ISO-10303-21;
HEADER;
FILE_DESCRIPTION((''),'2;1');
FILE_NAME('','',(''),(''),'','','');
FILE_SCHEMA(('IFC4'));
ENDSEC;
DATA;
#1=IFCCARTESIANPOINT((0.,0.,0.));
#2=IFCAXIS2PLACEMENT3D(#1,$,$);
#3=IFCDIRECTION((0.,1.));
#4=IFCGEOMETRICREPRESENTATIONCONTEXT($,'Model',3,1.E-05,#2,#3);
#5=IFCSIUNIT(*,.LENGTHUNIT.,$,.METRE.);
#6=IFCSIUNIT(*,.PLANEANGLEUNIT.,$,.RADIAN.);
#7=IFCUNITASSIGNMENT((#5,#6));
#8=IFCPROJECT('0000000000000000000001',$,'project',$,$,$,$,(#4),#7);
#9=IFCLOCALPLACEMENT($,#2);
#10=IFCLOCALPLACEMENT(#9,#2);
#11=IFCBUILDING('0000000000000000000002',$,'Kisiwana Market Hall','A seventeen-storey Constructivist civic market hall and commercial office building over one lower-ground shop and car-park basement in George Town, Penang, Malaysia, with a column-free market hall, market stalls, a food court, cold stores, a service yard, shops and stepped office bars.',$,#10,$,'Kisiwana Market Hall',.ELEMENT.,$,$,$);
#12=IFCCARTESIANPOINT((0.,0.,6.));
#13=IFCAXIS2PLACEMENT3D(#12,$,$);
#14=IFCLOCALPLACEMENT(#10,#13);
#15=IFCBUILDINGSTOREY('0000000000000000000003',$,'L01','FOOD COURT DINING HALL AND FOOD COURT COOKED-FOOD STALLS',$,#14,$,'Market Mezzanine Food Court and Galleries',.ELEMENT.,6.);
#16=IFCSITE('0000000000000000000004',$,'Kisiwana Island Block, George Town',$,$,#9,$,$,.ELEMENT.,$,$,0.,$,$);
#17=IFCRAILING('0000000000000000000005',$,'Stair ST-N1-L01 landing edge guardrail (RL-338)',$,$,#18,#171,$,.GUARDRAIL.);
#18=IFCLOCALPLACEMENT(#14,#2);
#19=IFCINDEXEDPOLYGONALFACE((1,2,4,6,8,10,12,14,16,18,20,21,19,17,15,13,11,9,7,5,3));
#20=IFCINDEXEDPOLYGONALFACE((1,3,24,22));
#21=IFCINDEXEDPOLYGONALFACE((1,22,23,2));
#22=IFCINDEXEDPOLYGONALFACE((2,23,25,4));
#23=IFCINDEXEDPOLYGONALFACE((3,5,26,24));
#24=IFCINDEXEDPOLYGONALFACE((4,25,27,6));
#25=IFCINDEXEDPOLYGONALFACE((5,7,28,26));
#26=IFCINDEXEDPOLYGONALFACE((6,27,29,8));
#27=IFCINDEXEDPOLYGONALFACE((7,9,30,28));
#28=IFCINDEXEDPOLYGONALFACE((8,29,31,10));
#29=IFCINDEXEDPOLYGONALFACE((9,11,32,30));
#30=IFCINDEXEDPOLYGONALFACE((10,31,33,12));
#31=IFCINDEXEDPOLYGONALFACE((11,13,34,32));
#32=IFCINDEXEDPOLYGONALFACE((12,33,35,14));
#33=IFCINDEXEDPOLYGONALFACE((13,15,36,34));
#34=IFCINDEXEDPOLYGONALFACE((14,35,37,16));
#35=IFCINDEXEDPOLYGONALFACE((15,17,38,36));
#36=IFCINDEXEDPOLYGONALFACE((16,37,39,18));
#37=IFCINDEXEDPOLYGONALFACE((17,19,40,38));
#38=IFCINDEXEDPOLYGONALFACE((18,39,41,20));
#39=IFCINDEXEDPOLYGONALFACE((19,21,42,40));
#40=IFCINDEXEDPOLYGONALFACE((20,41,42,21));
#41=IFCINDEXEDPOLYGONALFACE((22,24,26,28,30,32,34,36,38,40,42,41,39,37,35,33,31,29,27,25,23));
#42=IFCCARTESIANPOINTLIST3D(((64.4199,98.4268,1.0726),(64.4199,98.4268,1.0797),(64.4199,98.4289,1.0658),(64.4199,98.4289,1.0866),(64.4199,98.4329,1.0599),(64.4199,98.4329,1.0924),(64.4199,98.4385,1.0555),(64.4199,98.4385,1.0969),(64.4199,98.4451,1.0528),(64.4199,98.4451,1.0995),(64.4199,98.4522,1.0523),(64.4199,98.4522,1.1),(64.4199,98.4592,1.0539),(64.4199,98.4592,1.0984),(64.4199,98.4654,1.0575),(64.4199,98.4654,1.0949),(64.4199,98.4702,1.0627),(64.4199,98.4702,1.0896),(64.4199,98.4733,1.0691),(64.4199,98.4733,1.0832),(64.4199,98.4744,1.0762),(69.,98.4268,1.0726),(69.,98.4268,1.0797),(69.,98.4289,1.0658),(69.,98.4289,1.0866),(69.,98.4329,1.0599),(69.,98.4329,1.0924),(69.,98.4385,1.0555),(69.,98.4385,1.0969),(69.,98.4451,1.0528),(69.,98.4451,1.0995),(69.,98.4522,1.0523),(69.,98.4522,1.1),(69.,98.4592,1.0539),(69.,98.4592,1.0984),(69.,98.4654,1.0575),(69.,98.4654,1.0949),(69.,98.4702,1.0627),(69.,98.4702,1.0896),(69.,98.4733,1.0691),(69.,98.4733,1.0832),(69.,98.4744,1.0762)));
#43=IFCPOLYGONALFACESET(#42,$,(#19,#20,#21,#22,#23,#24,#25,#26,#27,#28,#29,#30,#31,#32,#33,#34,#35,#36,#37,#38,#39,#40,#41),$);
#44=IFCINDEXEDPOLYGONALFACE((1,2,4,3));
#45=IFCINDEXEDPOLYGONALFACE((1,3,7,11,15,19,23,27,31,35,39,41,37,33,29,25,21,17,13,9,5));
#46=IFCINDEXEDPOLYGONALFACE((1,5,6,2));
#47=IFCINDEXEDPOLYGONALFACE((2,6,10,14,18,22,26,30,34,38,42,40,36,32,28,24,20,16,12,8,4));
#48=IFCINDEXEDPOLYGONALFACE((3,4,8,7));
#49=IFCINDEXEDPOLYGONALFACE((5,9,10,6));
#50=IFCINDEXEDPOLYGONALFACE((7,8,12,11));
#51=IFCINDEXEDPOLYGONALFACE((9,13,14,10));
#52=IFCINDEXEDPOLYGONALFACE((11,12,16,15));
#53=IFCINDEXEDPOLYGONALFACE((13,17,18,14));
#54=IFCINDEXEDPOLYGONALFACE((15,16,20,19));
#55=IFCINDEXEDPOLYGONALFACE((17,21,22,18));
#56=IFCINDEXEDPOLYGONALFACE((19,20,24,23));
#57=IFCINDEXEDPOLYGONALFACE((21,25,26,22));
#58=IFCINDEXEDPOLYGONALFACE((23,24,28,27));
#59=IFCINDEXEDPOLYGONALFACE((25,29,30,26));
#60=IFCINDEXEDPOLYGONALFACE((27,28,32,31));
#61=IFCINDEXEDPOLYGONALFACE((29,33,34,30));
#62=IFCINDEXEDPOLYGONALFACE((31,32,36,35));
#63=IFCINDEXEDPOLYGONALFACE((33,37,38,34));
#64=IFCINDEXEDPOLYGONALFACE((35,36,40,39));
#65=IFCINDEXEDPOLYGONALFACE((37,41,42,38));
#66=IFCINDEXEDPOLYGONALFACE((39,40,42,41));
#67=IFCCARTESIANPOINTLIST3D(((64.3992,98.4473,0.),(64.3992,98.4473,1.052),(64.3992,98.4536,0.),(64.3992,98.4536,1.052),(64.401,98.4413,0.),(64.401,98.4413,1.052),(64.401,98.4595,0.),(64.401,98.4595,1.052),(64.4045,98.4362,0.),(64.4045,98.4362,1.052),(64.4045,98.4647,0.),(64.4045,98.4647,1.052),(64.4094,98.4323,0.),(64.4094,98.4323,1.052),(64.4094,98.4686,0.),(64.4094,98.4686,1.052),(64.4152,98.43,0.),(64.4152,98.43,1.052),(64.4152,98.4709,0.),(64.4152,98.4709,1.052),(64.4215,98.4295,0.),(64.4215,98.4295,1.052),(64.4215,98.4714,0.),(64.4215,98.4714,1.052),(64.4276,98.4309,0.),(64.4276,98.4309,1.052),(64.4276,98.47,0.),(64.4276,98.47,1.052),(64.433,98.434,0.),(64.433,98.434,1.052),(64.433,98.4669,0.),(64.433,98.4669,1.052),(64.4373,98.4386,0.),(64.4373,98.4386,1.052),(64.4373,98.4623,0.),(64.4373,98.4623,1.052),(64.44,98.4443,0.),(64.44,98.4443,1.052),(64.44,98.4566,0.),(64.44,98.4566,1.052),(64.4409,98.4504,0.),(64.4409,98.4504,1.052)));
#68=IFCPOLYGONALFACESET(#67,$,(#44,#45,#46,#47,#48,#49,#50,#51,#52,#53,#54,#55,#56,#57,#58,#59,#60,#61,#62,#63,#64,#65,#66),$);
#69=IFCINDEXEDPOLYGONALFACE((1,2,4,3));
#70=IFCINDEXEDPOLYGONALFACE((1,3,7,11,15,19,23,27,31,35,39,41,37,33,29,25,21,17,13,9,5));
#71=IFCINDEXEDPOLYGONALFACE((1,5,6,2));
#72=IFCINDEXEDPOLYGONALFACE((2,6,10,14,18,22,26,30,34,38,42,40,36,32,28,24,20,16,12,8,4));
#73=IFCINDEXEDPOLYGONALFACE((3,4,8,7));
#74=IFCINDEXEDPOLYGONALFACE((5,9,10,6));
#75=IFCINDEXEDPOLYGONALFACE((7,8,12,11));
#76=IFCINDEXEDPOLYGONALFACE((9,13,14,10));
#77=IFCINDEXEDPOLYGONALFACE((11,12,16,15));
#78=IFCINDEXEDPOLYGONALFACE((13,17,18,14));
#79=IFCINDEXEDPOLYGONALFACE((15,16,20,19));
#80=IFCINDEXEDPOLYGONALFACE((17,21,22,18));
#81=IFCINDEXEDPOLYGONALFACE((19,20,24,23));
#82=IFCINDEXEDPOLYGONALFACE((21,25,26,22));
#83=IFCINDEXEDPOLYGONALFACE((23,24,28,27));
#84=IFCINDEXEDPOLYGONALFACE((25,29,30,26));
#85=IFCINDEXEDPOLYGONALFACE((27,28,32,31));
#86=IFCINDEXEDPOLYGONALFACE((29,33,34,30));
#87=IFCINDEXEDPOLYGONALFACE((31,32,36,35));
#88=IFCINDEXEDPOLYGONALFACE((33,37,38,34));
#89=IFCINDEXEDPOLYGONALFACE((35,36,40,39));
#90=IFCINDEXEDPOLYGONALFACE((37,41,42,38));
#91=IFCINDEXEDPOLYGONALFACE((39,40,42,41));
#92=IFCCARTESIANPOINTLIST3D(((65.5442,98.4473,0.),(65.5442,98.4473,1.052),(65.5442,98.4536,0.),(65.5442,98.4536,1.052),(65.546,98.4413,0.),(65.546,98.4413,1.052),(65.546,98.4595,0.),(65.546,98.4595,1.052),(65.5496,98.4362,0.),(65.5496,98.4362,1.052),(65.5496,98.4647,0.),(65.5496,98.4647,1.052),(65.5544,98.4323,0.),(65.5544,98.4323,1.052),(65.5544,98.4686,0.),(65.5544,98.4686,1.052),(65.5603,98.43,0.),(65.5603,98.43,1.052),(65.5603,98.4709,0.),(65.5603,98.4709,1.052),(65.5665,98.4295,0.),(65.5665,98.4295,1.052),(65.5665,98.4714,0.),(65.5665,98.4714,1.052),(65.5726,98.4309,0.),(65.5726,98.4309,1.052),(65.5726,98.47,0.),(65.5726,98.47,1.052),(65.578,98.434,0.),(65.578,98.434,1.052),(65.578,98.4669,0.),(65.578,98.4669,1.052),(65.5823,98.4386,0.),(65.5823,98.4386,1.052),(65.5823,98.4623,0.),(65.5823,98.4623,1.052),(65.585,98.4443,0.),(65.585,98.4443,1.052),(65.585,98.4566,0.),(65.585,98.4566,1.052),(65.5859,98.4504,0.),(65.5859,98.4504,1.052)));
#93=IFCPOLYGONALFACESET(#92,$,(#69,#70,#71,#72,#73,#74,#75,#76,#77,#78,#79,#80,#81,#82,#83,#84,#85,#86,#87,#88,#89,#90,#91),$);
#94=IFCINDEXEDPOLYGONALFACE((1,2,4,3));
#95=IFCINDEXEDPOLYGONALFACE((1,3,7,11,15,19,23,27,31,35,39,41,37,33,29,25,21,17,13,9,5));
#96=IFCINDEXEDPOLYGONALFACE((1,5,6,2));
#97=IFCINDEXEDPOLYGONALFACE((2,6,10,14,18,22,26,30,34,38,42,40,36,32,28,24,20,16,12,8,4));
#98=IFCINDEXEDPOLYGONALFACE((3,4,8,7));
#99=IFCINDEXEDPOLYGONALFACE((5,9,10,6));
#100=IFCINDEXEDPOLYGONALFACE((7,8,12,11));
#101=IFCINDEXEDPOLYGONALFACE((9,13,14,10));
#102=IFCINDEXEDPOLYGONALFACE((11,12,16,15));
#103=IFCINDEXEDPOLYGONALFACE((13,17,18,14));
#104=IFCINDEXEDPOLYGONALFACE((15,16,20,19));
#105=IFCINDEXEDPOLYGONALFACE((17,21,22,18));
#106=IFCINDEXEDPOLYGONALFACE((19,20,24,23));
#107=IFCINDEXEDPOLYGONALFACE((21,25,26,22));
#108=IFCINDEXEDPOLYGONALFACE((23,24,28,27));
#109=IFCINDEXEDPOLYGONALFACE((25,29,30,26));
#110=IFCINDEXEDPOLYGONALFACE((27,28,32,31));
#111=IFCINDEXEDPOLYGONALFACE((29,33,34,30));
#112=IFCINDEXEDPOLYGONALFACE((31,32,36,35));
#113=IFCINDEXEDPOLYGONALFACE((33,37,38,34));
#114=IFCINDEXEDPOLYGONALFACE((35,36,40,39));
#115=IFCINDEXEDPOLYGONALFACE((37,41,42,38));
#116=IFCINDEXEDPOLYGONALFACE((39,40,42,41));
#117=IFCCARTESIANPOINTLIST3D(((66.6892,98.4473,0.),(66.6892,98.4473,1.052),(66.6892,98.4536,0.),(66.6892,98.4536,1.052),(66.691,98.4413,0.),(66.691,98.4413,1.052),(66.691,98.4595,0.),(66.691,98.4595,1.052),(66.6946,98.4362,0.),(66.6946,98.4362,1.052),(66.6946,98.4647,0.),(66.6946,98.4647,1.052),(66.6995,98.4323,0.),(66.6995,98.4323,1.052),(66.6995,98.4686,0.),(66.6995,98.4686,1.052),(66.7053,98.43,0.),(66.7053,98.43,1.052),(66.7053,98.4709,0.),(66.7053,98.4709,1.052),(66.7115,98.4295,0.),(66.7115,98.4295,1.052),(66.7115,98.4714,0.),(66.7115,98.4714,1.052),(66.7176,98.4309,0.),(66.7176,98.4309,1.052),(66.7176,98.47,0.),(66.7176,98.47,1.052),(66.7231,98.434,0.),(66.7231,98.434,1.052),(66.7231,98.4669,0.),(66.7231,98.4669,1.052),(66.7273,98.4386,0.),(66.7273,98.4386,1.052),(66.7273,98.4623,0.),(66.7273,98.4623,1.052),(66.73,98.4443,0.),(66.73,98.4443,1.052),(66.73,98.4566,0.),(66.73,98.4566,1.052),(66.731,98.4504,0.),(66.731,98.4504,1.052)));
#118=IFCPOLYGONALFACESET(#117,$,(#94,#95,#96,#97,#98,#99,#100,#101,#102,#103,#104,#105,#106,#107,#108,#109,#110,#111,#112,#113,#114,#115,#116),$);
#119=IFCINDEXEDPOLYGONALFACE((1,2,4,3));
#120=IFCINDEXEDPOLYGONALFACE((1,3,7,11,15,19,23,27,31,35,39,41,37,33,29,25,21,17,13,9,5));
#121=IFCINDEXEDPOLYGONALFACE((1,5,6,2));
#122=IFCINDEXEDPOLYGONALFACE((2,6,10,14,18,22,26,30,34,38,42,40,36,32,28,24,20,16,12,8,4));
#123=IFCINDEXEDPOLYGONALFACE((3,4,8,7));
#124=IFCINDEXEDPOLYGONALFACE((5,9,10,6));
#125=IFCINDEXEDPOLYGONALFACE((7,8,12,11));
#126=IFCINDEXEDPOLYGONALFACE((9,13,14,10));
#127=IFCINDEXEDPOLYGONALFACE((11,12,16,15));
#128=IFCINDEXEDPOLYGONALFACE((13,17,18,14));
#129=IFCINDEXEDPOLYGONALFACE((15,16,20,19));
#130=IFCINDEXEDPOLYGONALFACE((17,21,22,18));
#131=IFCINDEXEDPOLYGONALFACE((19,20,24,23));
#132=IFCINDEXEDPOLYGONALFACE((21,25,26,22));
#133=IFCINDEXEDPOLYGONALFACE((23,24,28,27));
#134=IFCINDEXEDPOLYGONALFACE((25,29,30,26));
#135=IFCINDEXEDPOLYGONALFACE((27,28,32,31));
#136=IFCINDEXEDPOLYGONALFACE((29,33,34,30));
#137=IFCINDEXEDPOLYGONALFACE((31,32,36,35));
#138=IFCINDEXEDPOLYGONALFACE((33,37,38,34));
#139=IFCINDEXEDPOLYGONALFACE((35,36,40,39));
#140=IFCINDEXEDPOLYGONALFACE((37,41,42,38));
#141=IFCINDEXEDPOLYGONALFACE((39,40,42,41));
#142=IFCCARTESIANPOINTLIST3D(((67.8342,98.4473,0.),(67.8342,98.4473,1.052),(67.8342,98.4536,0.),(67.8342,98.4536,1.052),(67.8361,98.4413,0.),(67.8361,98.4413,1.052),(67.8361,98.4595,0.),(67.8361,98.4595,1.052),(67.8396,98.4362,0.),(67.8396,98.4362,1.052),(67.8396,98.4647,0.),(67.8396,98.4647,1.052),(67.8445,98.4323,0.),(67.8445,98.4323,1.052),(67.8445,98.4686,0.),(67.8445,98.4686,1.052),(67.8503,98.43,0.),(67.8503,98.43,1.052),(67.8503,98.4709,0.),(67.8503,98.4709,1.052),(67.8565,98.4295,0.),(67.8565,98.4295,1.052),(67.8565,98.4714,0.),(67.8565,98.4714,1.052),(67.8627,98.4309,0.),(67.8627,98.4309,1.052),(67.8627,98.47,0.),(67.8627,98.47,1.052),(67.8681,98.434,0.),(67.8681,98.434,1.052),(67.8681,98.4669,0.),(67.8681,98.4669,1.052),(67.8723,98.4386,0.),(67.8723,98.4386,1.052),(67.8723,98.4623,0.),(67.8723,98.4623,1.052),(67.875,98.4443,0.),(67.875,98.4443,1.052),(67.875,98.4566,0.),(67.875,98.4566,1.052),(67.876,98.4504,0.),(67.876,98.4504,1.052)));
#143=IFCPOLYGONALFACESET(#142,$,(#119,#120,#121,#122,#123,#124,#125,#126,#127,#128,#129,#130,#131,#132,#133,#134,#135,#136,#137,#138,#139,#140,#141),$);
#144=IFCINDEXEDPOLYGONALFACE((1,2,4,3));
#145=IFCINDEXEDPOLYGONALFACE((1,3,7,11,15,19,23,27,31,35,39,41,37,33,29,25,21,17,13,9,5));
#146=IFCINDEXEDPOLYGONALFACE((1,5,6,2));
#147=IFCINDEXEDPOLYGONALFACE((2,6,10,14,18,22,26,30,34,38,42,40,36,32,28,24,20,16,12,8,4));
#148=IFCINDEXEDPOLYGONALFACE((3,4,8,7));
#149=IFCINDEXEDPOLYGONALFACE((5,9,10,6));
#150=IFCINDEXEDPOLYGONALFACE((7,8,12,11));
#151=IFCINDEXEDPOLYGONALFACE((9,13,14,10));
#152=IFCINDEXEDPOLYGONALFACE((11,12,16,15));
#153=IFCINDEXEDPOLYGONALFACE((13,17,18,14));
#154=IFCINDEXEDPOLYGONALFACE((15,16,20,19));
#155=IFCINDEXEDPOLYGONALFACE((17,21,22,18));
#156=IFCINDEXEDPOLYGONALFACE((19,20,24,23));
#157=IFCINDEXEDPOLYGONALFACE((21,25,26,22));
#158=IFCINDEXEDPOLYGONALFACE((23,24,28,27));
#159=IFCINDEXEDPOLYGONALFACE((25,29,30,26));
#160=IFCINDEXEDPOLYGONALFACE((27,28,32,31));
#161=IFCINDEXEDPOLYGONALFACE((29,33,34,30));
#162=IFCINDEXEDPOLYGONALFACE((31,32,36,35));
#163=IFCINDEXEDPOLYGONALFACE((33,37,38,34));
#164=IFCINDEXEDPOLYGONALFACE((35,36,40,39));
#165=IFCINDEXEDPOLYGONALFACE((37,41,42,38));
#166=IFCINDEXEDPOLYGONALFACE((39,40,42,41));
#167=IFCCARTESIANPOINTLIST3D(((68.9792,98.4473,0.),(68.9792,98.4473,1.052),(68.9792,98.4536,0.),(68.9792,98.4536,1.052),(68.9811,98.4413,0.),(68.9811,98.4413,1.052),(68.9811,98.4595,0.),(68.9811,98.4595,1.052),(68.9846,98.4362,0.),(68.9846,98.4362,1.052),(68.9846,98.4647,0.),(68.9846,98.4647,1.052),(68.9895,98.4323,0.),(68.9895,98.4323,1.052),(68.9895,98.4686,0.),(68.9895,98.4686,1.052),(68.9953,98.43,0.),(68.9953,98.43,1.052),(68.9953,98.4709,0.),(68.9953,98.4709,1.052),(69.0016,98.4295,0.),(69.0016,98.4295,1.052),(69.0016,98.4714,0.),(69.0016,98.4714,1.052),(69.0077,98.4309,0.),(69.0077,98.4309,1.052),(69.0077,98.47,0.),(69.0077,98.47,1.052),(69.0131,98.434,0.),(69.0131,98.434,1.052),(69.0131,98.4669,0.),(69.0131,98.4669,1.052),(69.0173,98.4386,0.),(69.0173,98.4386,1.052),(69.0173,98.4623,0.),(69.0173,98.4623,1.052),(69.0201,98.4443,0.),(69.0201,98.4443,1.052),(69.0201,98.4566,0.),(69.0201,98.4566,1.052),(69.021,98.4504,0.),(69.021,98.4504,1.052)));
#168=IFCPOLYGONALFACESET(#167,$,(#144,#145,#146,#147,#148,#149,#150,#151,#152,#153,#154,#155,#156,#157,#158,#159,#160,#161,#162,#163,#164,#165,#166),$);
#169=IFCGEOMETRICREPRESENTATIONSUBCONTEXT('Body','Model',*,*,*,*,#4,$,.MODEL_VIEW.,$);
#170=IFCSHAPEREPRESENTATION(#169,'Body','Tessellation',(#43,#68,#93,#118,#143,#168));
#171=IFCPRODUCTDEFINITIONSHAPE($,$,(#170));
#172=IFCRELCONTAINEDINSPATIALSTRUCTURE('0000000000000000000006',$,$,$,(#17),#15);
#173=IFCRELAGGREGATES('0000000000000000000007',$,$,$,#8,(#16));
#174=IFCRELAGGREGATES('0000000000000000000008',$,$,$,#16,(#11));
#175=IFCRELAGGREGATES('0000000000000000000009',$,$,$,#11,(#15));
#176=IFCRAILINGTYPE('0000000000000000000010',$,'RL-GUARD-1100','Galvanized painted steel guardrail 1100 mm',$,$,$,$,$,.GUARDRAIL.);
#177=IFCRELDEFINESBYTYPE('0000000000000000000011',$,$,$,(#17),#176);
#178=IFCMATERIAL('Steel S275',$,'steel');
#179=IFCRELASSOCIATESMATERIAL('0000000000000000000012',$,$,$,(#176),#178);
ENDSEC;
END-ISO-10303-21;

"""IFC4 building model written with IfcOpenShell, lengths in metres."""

from ifc_helpers import new_model, si_unit, direction, frame, origin, origin_2d, place, context, subcontext, project, spatial, circle, extrude, material, type_object, element, save


model = new_model("IFC4")

# Units and contexts
model_context = context("Model", 3, precision=1e-05, world=origin(), true_north=direction((0.0, 1.0)))
body_context = subcontext(model_context, "Body", "Model", "MODEL_VIEW")
ifc_project = project(units=[si_unit("LENGTHUNIT", "METRE"), si_unit("PLANEANGLEUNIT", "RADIAN")], contexts=[model_context])

# Site, building, storey
site_placement = place(None, origin())
site = spatial("IfcSite", under=ifc_project, at=site_placement, Name="Kisiwana Island Block, George Town", CompositionType="ELEMENT", RefElevation=0.0)
building_placement = place(site_placement, origin())
building = spatial("IfcBuilding", under=site, at=building_placement, Name="Kisiwana Market Hall", Description="A seventeen-storey Constructivist civic market hall and commercial office building over one lower-ground shop and car-park basement in George Town, Penang, Malaysia, with a column-free market hall, market stalls, a food court, cold stores, a service yard, shops and stepped office bars.", LongName="Kisiwana Market Hall", CompositionType="ELEMENT")
storey_placement = place(building_placement, frame((0.0, 0.0, 6.0)))
storey = spatial("IfcBuildingStorey", under=building, at=storey_placement, Name="L01", Description="FOOD COURT DINING HALL AND FOOD COURT COOKED-FOOD STALLS", LongName="Market Mezzanine Food Court and Galleries", CompositionType="ELEMENT", Elevation=6.0)

# Railing
ifc_material_1 = material(Name="Steel S275", Category="steel")
railing_type_1 = type_object("IfcRailingType", Name="RL-GUARD-1100", Description="Galvanized painted steel guardrail 1100 mm", PredefinedType="GUARDRAIL", material=ifc_material_1)
railing_1_placement = place(storey_placement, frame((64.4199, 98.4504, 0.0)))
element("IfcRailing", 1, at=railing_1_placement, inside=storey, type_object=railing_type_1, Name="Stair ST-N1-L01 landing edge guardrail (RL-338)", PredefinedType="GUARDRAIL", context=body_context, shape_type="SweptSolid", body=[
    extrude(circle(Radius=0.0239, at=origin_2d()), frame((0.0, 0.0, 1.0762), z_axis=(1.0, 0.0, 0.0), x_axis=(0.0, 1.0, 0.0)), (0.0, 0.0, 1.0), 4.5801),
    extrude(circle(Radius=0.021, at=origin_2d()), origin(), (0.0, 0.0, 1.0), 1.052),
    extrude(circle(Radius=0.021, at=origin_2d()), frame((1.145, 0.0, 0.0)), (0.0, 0.0, 1.0), 1.052),
    extrude(circle(Radius=0.021, at=origin_2d()), frame((2.29, 0.0, 0.0)), (0.0, 0.0, 1.0), 1.052),
    extrude(circle(Radius=0.021, at=origin_2d()), frame((3.4351, 0.0, 0.0)), (0.0, 0.0, 1.0), 1.052),
    extrude(circle(Radius=0.021, at=origin_2d()), frame((4.5801, 0.0, 0.0)), (0.0, 0.0, 1.0), 1.052),
])

save(model, "model.ifc")
